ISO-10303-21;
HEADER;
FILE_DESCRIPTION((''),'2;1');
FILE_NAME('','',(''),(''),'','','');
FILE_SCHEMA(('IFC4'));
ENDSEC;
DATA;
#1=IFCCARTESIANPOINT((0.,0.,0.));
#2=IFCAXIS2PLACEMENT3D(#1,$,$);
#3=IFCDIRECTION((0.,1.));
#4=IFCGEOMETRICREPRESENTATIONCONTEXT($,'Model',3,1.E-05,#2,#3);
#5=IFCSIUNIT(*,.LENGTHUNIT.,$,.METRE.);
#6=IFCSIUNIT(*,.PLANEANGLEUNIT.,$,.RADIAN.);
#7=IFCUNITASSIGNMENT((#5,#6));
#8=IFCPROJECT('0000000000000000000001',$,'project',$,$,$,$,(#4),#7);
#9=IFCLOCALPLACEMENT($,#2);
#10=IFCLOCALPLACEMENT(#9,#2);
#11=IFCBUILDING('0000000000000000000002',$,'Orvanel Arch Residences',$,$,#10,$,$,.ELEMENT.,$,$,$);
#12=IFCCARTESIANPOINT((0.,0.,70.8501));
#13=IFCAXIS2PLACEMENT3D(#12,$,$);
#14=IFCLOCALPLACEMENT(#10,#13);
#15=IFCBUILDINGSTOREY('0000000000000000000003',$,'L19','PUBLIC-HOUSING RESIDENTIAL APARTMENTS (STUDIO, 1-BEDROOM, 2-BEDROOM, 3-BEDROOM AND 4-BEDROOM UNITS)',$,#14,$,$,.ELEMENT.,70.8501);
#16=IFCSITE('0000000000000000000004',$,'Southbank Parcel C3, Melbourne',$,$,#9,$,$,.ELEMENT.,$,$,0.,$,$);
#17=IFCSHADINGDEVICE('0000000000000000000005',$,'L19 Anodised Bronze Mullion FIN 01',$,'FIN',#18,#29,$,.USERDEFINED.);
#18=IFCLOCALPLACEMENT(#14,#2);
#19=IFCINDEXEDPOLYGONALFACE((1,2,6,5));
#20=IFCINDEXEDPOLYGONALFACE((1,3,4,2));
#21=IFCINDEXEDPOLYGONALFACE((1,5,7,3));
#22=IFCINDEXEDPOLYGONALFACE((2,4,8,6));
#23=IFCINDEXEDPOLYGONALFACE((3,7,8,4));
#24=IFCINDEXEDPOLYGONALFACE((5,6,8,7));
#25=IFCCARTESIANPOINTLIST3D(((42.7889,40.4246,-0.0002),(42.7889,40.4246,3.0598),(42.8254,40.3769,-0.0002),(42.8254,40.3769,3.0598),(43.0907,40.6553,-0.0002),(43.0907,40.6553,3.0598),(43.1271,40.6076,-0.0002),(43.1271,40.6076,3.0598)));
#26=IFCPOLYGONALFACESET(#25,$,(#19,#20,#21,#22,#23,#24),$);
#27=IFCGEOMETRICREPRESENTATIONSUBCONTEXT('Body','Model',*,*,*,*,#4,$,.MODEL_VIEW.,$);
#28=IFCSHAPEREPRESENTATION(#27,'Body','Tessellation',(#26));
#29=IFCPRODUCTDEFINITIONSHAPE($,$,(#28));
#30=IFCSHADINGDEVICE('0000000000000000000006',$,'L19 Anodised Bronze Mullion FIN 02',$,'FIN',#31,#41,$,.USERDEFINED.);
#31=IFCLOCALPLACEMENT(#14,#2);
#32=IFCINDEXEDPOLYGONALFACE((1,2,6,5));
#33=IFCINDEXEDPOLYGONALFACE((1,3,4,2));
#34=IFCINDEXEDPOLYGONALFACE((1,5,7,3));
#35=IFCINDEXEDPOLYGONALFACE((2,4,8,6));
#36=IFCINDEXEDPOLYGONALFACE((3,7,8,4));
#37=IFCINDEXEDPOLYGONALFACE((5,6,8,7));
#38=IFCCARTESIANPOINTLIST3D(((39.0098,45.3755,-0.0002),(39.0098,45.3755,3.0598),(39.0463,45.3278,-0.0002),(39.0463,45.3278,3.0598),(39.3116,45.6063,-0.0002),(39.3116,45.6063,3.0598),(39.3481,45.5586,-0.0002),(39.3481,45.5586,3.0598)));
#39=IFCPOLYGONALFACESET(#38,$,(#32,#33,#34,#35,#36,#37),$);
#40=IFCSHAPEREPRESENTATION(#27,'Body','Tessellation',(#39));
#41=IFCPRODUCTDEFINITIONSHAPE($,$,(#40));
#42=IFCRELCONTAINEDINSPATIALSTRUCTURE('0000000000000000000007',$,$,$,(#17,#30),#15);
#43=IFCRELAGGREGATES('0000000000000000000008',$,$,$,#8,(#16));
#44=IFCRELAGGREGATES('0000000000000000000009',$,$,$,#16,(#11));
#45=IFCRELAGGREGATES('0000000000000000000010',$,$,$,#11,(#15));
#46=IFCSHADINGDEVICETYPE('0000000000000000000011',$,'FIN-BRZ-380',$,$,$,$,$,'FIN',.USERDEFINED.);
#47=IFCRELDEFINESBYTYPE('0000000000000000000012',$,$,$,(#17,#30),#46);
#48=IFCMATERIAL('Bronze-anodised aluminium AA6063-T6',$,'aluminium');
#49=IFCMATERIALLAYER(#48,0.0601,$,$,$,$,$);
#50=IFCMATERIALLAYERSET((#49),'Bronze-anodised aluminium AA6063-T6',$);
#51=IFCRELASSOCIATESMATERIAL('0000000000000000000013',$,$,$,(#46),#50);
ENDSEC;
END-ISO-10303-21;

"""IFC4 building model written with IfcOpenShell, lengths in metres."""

from ifc_helpers import new_model, si_unit, direction, frame, origin, origin_2d, place, context, subcontext, project, spatial, rectangle, extrude, material, layer, layer_set, type_object, element, save


model = new_model("IFC4")

# Units and contexts
model_context = context("Model", 3, precision=1e-05, world=origin(), true_north=direction((0.0, 1.0)))
body_context = subcontext(model_context, "Body", "Model", "MODEL_VIEW")
ifc_project = project(units=[si_unit("LENGTHUNIT", "METRE"), si_unit("PLANEANGLEUNIT", "RADIAN")], contexts=[model_context])

# Site, building, storey
site_placement = place(None, origin())
site = spatial("IfcSite", under=ifc_project, at=site_placement, Name="Southbank Parcel C3, Melbourne", CompositionType="ELEMENT", RefElevation=0.0)
building_placement = place(site_placement, origin())
building = spatial("IfcBuilding", under=site, at=building_placement, Name="Orvanel Arch Residences", CompositionType="ELEMENT")
storey_placement = place(building_placement, frame((0.0, 0.0, 70.8501)))
storey = spatial("IfcBuildingStorey", under=building, at=storey_placement, Name="L19", Description="PUBLIC-HOUSING RESIDENTIAL APARTMENTS (STUDIO, 1-BEDROOM, 2-BEDROOM, 3-BEDROOM AND 4-BEDROOM UNITS)", CompositionType="ELEMENT", Elevation=70.8501)

# Shared definitions
ifc_material_1 = material(Name="Bronze-anodised aluminium AA6063-T6", Category="aluminium")

# Shading devices
ifc_layer_1 = layer(ifc_material_1, 0.0601)
ifc_layer_set_1 = layer_set([ifc_layer_1], Name="Bronze-anodised aluminium AA6063-T6")
shading_device_type = type_object("IfcShadingDeviceType", Name="FIN-BRZ-380", ElementType="FIN", PredefinedType="USERDEFINED", material=ifc_layer_set_1)
for number, where, z_axis, x_axis, name in (
    (1, (42.958, 40.5161, -0.0002), (0.0, 0.0, 1.0), (0.794415, 0.607376, 0.0), "L19 Anodised Bronze Mullion FIN 01"),
    (2, (39.179, 45.467, -0.0002), (0.0, 0.0, 1.0), (0.794415, 0.607376, 0.0), "L19 Anodised Bronze Mullion FIN 02"),
):
    element("IfcShadingDevice", number, at=place(storey_placement, frame(where, z_axis=z_axis, x_axis=x_axis)), inside=storey, type_object=shading_device_type, Name=name, ObjectType="FIN", PredefinedType="USERDEFINED", context=body_context, shape_type="SweptSolid", body=[
        extrude(rectangle(XDim=0.3799, YDim=0.0601, at=origin_2d()), origin(), (0.0, 0.0, 1.0), 3.0601),
    ])

save(model, "model.ifc")
